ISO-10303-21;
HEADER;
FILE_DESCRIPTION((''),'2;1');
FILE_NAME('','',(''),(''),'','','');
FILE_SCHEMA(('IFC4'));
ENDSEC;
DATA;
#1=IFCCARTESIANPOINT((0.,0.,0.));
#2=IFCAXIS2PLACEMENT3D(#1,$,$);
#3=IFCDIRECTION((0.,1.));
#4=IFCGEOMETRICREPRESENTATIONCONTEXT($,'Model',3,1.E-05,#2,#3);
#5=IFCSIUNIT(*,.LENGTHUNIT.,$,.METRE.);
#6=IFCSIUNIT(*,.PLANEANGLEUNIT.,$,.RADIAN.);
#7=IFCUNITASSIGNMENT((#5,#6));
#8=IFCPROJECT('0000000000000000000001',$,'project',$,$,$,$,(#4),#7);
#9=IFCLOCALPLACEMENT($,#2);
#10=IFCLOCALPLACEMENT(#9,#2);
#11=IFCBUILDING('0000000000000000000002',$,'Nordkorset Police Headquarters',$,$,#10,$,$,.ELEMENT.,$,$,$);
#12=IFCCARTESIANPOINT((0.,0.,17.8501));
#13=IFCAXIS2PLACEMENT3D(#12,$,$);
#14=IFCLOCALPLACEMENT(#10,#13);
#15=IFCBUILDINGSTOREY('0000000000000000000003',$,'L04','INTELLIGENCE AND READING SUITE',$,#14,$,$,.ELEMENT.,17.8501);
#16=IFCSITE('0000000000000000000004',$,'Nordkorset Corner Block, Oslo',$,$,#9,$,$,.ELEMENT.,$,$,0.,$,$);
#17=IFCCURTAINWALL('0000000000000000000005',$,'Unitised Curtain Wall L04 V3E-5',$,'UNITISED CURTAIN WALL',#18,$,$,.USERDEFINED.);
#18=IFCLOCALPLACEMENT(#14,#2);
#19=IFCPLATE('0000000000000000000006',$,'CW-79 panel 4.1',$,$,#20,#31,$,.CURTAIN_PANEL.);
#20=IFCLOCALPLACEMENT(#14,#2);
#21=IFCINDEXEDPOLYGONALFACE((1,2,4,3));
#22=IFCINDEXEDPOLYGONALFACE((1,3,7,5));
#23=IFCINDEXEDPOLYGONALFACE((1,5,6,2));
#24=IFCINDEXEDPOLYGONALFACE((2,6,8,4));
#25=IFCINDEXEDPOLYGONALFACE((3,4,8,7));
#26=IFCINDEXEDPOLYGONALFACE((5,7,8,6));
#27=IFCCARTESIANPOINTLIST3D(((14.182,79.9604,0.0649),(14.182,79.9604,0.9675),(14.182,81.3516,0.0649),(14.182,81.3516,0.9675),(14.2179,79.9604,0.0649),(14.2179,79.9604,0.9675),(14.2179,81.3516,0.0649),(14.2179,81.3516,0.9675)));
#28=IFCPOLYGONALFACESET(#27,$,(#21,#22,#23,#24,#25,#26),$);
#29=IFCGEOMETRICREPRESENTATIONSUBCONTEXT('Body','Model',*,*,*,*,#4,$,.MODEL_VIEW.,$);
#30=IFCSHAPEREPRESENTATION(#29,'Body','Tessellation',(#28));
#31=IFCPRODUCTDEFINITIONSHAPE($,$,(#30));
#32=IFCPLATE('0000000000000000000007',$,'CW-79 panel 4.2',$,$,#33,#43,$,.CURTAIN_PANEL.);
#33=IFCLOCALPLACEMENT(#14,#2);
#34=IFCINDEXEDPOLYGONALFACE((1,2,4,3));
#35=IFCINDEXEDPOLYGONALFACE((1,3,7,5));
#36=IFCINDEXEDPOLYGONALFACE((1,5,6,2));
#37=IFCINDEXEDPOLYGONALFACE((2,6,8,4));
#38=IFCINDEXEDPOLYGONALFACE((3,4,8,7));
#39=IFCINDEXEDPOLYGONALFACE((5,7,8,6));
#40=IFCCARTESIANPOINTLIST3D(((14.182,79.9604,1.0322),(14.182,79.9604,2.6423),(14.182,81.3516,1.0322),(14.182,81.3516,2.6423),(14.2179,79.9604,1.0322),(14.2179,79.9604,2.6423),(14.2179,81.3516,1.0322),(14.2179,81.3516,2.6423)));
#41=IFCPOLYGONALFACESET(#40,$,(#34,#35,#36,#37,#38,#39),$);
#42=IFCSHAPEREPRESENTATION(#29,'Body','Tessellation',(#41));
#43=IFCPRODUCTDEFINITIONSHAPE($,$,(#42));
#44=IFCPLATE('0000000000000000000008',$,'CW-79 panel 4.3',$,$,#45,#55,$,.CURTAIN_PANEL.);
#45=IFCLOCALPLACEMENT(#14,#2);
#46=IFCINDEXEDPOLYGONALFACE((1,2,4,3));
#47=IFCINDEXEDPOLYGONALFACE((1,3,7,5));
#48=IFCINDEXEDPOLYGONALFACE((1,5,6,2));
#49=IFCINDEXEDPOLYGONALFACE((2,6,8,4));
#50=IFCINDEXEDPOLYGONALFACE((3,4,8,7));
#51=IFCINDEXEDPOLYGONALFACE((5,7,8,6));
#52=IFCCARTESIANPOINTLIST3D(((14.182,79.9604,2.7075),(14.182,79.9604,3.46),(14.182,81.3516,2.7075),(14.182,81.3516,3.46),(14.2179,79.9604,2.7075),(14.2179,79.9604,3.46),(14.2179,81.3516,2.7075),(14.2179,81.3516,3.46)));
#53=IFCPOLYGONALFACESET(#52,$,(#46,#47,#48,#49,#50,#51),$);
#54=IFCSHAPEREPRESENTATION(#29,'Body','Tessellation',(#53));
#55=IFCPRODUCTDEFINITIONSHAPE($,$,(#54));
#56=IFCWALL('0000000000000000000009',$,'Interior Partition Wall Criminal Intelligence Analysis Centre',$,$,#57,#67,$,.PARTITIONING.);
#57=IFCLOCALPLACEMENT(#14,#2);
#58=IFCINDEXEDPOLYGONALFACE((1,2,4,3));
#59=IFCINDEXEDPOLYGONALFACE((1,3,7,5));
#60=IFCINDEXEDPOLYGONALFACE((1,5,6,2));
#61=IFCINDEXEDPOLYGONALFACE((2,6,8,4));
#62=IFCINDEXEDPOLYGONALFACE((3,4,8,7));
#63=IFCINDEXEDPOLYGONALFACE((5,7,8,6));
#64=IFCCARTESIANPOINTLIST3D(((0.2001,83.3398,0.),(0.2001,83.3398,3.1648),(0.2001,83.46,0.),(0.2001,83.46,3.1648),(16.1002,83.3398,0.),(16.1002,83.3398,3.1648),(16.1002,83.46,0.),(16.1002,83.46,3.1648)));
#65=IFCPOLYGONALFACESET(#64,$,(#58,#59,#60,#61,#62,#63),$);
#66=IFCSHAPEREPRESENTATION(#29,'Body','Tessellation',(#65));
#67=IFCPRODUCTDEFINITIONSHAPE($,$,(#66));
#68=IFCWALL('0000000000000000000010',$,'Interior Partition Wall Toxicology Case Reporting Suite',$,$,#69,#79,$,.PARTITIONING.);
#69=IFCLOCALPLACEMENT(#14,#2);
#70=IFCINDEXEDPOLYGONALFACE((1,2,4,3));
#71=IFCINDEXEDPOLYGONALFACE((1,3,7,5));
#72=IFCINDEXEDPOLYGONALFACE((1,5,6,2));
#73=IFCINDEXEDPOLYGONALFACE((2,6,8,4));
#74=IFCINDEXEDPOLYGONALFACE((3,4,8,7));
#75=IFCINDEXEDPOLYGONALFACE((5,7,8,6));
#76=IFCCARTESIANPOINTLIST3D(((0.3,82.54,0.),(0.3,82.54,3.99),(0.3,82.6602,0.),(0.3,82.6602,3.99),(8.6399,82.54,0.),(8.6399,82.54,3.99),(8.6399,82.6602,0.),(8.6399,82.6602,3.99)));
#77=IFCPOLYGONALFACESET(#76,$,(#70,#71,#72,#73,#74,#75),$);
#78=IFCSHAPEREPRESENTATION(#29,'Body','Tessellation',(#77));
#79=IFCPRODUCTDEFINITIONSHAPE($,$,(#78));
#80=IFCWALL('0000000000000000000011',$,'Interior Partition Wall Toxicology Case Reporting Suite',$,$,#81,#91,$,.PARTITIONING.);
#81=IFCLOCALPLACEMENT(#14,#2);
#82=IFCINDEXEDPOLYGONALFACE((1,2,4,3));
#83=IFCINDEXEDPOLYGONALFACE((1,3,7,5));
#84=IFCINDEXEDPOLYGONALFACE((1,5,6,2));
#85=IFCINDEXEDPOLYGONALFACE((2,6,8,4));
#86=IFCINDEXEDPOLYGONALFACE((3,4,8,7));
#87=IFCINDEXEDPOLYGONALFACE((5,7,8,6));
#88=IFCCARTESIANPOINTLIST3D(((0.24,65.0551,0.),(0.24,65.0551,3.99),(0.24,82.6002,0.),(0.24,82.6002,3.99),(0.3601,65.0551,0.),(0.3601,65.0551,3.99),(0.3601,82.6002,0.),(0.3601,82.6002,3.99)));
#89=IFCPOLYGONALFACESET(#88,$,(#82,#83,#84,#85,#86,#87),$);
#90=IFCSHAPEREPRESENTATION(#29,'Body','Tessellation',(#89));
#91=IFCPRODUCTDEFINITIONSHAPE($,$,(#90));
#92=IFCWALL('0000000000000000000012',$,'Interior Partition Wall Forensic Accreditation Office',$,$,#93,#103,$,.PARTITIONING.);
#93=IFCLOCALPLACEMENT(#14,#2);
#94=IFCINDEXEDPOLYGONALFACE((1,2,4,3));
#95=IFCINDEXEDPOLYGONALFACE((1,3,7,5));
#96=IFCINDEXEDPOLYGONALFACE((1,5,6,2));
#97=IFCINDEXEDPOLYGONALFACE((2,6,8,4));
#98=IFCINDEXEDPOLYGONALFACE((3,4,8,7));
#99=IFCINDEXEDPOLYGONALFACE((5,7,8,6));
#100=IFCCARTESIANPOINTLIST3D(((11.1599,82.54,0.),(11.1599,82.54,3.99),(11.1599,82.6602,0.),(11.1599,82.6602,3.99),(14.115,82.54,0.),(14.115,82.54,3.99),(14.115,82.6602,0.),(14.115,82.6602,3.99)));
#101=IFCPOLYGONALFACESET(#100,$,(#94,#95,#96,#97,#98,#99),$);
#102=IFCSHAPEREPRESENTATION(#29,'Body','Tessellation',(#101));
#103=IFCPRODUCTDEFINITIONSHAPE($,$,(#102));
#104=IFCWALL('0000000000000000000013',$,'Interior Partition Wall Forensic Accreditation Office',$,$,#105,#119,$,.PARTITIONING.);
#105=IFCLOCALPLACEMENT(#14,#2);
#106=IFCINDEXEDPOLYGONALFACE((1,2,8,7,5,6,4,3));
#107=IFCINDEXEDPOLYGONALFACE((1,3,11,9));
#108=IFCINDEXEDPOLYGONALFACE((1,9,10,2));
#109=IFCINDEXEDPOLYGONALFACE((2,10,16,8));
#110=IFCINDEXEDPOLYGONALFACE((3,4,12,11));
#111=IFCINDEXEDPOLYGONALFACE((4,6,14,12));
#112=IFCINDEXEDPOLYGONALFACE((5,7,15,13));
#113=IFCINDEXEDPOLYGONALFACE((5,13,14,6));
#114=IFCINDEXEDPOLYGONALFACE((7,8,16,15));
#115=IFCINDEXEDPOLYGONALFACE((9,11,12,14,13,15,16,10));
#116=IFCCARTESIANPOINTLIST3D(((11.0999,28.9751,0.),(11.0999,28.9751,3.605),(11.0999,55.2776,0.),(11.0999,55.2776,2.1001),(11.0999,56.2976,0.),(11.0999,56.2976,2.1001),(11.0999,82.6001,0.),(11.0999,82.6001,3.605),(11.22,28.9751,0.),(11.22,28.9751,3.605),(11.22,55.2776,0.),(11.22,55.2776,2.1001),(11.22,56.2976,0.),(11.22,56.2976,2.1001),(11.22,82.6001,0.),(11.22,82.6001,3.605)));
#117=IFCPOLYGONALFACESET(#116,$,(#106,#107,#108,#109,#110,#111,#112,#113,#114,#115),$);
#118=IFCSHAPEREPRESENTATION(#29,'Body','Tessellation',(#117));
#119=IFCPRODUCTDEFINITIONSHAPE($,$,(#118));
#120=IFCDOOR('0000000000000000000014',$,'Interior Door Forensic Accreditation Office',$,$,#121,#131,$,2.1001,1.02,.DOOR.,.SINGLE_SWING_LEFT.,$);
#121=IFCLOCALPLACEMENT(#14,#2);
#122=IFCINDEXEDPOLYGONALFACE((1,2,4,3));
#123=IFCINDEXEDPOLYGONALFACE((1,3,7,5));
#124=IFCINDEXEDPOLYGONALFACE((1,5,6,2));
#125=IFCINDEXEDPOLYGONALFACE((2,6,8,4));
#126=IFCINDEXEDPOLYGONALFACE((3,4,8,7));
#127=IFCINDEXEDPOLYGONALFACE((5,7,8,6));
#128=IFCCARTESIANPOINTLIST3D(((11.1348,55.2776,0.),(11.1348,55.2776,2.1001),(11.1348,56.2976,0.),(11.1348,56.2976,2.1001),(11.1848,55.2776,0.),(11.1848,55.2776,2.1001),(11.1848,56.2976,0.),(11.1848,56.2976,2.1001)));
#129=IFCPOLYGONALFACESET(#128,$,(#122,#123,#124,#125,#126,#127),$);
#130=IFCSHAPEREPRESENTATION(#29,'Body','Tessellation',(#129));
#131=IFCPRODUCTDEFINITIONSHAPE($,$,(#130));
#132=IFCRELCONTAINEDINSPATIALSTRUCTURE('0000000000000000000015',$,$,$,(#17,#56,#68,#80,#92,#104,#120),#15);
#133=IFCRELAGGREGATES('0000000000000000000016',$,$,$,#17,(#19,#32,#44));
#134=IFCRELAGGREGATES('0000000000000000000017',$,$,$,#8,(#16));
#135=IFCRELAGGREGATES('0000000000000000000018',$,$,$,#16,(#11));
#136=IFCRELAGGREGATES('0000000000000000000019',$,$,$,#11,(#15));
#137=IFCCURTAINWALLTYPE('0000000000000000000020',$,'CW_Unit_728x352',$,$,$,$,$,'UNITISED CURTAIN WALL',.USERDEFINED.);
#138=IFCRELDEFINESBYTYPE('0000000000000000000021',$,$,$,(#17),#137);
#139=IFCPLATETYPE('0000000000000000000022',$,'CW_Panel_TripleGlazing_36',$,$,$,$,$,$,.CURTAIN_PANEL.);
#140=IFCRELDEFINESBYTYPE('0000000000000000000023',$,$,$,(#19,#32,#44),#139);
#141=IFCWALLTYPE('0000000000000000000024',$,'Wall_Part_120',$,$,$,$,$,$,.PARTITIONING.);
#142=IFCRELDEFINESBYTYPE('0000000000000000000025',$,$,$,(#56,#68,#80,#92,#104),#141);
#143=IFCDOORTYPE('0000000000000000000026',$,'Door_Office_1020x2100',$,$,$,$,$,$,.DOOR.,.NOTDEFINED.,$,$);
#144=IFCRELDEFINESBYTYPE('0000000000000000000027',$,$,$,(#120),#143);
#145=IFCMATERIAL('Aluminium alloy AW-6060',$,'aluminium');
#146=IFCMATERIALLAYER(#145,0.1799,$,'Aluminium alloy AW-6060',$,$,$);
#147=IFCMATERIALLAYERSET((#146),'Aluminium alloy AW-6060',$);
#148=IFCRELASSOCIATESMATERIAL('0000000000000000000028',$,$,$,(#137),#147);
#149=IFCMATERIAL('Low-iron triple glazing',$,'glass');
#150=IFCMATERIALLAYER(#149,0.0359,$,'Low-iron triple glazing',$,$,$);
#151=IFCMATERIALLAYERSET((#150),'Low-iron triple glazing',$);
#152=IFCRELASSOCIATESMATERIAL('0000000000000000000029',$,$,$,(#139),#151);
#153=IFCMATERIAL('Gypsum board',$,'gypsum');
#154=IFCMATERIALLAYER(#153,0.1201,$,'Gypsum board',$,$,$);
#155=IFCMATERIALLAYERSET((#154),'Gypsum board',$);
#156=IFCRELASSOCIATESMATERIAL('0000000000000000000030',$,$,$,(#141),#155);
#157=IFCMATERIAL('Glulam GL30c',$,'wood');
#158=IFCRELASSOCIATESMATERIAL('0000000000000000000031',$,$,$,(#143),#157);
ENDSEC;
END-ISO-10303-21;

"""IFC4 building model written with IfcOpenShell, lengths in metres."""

from ifc_helpers import new_model, si_unit, direction, frame, frame_2d, origin, origin_2d, place, context, subcontext, project, spatial, rectangle, extrude, material, layer, layer_set, type_object, element, fill, aggregate, save


model = new_model("IFC4")

# Units and contexts
model_context = context("Model", 3, precision=1e-05, world=origin(), true_north=direction((0.0, 1.0)))
body_context = subcontext(model_context, "Body", "Model", "MODEL_VIEW")
ifc_project = project(units=[si_unit("LENGTHUNIT", "METRE"), si_unit("PLANEANGLEUNIT", "RADIAN")], contexts=[model_context])

# Site, building, storey
site_placement = place(None, origin())
site = spatial("IfcSite", under=ifc_project, at=site_placement, Name="Nordkorset Corner Block, Oslo", CompositionType="ELEMENT", RefElevation=0.0)
building_placement = place(site_placement, origin())
building = spatial("IfcBuilding", under=site, at=building_placement, Name="Nordkorset Police Headquarters", CompositionType="ELEMENT")
storey_placement = place(building_placement, frame((0.0, 0.0, 17.8501)))
storey = spatial("IfcBuildingStorey", under=building, at=storey_placement, Name="L04", Description="INTELLIGENCE AND READING SUITE", CompositionType="ELEMENT", Elevation=17.8501)

# Curtain wall
ifc_material_1 = material(Name="Aluminium alloy AW-6060", Category="aluminium")
ifc_layer_1 = layer(ifc_material_1, 0.1799, Name="Aluminium alloy AW-6060")
ifc_layer_set_1 = layer_set([ifc_layer_1], Name="Aluminium alloy AW-6060")
curtain_wall_type_1 = type_object("IfcCurtainWallType", Name="CW_Unit_728x352", ElementType="UNITISED CURTAIN WALL", PredefinedType="USERDEFINED", material=ifc_layer_set_1)
curtain_wall_1_placement = place(storey_placement, origin())
curtain_wall_1 = element("IfcCurtainWall", 1, at=curtain_wall_1_placement, inside=storey, type_object=curtain_wall_type_1, Name="Unitised Curtain Wall L04 V3E-5", ObjectType="UNITISED CURTAIN WALL", PredefinedType="USERDEFINED")

# Plates
ifc_material_2 = material(Name="Low-iron triple glazing", Category="glass")
ifc_layer_2 = layer(ifc_material_2, 0.0359, Name="Low-iron triple glazing")
ifc_layer_set_2 = layer_set([ifc_layer_2], Name="Low-iron triple glazing")
plate_type = type_object("IfcPlateType", Name="CW_Panel_TripleGlazing_36", PredefinedType="CURTAIN_PANEL", material=ifc_layer_set_2)
plate_1_placement = place(storey_placement, frame((14.2, 80.656, 0.0649), z_axis=(0.0, 0.0, 1.0), x_axis=(0.0, 1.0, 0.0)))
plate_1 = element("IfcPlate", 2, at=plate_1_placement, type_object=plate_type, Name="CW-79 panel 4.1", PredefinedType="CURTAIN_PANEL", context=body_context, shape_type="SweptSolid", body=[
    extrude(rectangle(XDim=1.3911, YDim=0.0359, at=origin_2d()), origin(), (0.0, 0.0, 1.0), 0.9026),
])
plate_2_placement = place(storey_placement, frame((14.2, 80.656, 1.0322), z_axis=(0.0, 0.0, 1.0), x_axis=(0.0, 1.0, 0.0)))
plate_2 = element("IfcPlate", 3, at=plate_2_placement, type_object=plate_type, Name="CW-79 panel 4.2", PredefinedType="CURTAIN_PANEL", context=body_context, shape_type="SweptSolid", body=[
    extrude(rectangle(XDim=1.3911, YDim=0.0359, at=origin_2d()), origin(), (0.0, 0.0, 1.0), 1.6101),
])
plate_3_placement = place(storey_placement, frame((14.2, 80.656, 2.7075), z_axis=(0.0, 0.0, 1.0), x_axis=(0.0, 1.0, 0.0)))
plate_3 = element("IfcPlate", 4, at=plate_3_placement, type_object=plate_type, Name="CW-79 panel 4.3", PredefinedType="CURTAIN_PANEL", context=body_context, shape_type="SweptSolid", body=[
    extrude(rectangle(XDim=1.3911, YDim=0.0359, at=origin_2d()), origin(), (0.0, 0.0, 1.0), 0.7524),
])
aggregate(curtain_wall_1, [plate_1, plate_2, plate_3])

# Walls
ifc_material_3 = material(Name="Gypsum board", Category="gypsum")
ifc_layer_3 = layer(ifc_material_3, 0.1201, Name="Gypsum board")
ifc_layer_set_3 = layer_set([ifc_layer_3], Name="Gypsum board")
wall_type = type_object("IfcWallType", Name="Wall_Part_120", PredefinedType="PARTITIONING", material=ifc_layer_set_3)
wall_1_placement = place(storey_placement, frame((0.2, 83.3999, 0.0), z_axis=(0.0, 0.0, 1.0), x_axis=(1.0, 0.0, 0.0)))
element("IfcWall", 5, at=wall_1_placement, inside=storey, type_object=wall_type, Name="Interior Partition Wall Criminal Intelligence Analysis Centre", PredefinedType="PARTITIONING", context=body_context, shape_type="SweptSolid", body=[
    extrude(rectangle(XDim=15.9001, YDim=0.1201, at=frame_2d((7.9502, 0.0))), origin(), (0.0, 0.0, 1.0), 3.1648),
])
wall_2_placement = place(storey_placement, frame((8.6399, 82.6001, 0.0), z_axis=(0.0, 0.0, 1.0), x_axis=(-1.0, 0.0, 0.0)))
element("IfcWall", 6, at=wall_2_placement, inside=storey, type_object=wall_type, Name="Interior Partition Wall Toxicology Case Reporting Suite", PredefinedType="PARTITIONING", context=body_context, shape_type="SweptSolid", body=[
    extrude(rectangle(XDim=8.3398, YDim=0.1201, at=frame_2d((4.1699, 0.0))), origin(), (0.0, 0.0, 1.0), 3.99),
])
wall_3_placement = place(storey_placement, frame((0.3, 82.6001, 0.0), z_axis=(0.0, 0.0, 1.0), x_axis=(0.0, -1.0, 0.0)))
element("IfcWall", 7, at=wall_3_placement, inside=storey, type_object=wall_type, Name="Interior Partition Wall Toxicology Case Reporting Suite", PredefinedType="PARTITIONING", context=body_context, shape_type="SweptSolid", body=[
    extrude(rectangle(XDim=17.5452, YDim=0.1201, at=frame_2d((8.7725, 0.0))), origin(), (0.0, 0.0, 1.0), 3.99),
])
wall_4_placement = place(storey_placement, frame((14.115, 82.6001, 0.0), z_axis=(0.0, 0.0, 1.0), x_axis=(-1.0, 0.0, 0.0)))
element("IfcWall", 8, at=wall_4_placement, inside=storey, type_object=wall_type, Name="Interior Partition Wall Forensic Accreditation Office", PredefinedType="PARTITIONING", context=body_context, shape_type="SweptSolid", body=[
    extrude(rectangle(XDim=2.9551, YDim=0.1201, at=frame_2d((1.4775, 0.0))), origin(), (0.0, 0.0, 1.0), 3.99),
])

# Wall, opening, door
wall_5_placement = place(storey_placement, frame((11.1599, 82.6001, 0.0), z_axis=(0.0, 0.0, 1.0), x_axis=(0.0, -1.0, 0.0)))
wall_5 = element("IfcWall", 9, at=wall_5_placement, inside=storey, type_object=wall_type, Name="Interior Partition Wall Forensic Accreditation Office", PredefinedType="PARTITIONING", context=body_context, shape_type="SweptSolid", body=[
    extrude(rectangle(XDim=53.625, YDim=0.1201, at=frame_2d((26.8125, 0.0))), origin(), (0.0, 0.0, 1.0), 3.605),
])
opening_placement = place(wall_5_placement, frame((26.3025, 0.0, 0.0)))
opening = element("IfcOpeningElement", 10, at=opening_placement, cuts=wall_5, PredefinedType="OPENING", context=body_context, shape_type="SweptSolid", body=[
    extrude(rectangle(XDim=1.02, YDim=2.1001, at=frame_2d((0.51, 1.05))), frame((0.0, 0.0701, 0.0), z_axis=(0.0, -1.0, 0.0), x_axis=(1.0, 0.0, 0.0)), (0.0, 0.0, 1.0), 0.1401),
])
ifc_material_4 = material(Name="Glulam GL30c", Category="wood")
door_type = type_object("IfcDoorType", Name="Door_Office_1020x2100", OperationType="NOTDEFINED", PredefinedType="DOOR", material=ifc_material_4)
door_placement = place(opening_placement, origin())
door = element("IfcDoor", 11, at=door_placement, inside=storey, type_object=door_type, Name="Interior Door Forensic Accreditation Office", OperationType="SINGLE_SWING_LEFT", OverallHeight=2.1001, OverallWidth=1.02, PredefinedType="DOOR", context=body_context, shape_type="SweptSolid", body=[
    extrude(rectangle(XDim=1.02, YDim=2.1001, at=frame_2d((0.51, 1.05))), frame((0.0, 0.0249, 0.0), z_axis=(0.0, -1.0, 0.0), x_axis=(1.0, 0.0, 0.0)), (0.0, 0.0, 1.0), 0.05),
])
fill(opening, door)

save(model, "model.ifc")
